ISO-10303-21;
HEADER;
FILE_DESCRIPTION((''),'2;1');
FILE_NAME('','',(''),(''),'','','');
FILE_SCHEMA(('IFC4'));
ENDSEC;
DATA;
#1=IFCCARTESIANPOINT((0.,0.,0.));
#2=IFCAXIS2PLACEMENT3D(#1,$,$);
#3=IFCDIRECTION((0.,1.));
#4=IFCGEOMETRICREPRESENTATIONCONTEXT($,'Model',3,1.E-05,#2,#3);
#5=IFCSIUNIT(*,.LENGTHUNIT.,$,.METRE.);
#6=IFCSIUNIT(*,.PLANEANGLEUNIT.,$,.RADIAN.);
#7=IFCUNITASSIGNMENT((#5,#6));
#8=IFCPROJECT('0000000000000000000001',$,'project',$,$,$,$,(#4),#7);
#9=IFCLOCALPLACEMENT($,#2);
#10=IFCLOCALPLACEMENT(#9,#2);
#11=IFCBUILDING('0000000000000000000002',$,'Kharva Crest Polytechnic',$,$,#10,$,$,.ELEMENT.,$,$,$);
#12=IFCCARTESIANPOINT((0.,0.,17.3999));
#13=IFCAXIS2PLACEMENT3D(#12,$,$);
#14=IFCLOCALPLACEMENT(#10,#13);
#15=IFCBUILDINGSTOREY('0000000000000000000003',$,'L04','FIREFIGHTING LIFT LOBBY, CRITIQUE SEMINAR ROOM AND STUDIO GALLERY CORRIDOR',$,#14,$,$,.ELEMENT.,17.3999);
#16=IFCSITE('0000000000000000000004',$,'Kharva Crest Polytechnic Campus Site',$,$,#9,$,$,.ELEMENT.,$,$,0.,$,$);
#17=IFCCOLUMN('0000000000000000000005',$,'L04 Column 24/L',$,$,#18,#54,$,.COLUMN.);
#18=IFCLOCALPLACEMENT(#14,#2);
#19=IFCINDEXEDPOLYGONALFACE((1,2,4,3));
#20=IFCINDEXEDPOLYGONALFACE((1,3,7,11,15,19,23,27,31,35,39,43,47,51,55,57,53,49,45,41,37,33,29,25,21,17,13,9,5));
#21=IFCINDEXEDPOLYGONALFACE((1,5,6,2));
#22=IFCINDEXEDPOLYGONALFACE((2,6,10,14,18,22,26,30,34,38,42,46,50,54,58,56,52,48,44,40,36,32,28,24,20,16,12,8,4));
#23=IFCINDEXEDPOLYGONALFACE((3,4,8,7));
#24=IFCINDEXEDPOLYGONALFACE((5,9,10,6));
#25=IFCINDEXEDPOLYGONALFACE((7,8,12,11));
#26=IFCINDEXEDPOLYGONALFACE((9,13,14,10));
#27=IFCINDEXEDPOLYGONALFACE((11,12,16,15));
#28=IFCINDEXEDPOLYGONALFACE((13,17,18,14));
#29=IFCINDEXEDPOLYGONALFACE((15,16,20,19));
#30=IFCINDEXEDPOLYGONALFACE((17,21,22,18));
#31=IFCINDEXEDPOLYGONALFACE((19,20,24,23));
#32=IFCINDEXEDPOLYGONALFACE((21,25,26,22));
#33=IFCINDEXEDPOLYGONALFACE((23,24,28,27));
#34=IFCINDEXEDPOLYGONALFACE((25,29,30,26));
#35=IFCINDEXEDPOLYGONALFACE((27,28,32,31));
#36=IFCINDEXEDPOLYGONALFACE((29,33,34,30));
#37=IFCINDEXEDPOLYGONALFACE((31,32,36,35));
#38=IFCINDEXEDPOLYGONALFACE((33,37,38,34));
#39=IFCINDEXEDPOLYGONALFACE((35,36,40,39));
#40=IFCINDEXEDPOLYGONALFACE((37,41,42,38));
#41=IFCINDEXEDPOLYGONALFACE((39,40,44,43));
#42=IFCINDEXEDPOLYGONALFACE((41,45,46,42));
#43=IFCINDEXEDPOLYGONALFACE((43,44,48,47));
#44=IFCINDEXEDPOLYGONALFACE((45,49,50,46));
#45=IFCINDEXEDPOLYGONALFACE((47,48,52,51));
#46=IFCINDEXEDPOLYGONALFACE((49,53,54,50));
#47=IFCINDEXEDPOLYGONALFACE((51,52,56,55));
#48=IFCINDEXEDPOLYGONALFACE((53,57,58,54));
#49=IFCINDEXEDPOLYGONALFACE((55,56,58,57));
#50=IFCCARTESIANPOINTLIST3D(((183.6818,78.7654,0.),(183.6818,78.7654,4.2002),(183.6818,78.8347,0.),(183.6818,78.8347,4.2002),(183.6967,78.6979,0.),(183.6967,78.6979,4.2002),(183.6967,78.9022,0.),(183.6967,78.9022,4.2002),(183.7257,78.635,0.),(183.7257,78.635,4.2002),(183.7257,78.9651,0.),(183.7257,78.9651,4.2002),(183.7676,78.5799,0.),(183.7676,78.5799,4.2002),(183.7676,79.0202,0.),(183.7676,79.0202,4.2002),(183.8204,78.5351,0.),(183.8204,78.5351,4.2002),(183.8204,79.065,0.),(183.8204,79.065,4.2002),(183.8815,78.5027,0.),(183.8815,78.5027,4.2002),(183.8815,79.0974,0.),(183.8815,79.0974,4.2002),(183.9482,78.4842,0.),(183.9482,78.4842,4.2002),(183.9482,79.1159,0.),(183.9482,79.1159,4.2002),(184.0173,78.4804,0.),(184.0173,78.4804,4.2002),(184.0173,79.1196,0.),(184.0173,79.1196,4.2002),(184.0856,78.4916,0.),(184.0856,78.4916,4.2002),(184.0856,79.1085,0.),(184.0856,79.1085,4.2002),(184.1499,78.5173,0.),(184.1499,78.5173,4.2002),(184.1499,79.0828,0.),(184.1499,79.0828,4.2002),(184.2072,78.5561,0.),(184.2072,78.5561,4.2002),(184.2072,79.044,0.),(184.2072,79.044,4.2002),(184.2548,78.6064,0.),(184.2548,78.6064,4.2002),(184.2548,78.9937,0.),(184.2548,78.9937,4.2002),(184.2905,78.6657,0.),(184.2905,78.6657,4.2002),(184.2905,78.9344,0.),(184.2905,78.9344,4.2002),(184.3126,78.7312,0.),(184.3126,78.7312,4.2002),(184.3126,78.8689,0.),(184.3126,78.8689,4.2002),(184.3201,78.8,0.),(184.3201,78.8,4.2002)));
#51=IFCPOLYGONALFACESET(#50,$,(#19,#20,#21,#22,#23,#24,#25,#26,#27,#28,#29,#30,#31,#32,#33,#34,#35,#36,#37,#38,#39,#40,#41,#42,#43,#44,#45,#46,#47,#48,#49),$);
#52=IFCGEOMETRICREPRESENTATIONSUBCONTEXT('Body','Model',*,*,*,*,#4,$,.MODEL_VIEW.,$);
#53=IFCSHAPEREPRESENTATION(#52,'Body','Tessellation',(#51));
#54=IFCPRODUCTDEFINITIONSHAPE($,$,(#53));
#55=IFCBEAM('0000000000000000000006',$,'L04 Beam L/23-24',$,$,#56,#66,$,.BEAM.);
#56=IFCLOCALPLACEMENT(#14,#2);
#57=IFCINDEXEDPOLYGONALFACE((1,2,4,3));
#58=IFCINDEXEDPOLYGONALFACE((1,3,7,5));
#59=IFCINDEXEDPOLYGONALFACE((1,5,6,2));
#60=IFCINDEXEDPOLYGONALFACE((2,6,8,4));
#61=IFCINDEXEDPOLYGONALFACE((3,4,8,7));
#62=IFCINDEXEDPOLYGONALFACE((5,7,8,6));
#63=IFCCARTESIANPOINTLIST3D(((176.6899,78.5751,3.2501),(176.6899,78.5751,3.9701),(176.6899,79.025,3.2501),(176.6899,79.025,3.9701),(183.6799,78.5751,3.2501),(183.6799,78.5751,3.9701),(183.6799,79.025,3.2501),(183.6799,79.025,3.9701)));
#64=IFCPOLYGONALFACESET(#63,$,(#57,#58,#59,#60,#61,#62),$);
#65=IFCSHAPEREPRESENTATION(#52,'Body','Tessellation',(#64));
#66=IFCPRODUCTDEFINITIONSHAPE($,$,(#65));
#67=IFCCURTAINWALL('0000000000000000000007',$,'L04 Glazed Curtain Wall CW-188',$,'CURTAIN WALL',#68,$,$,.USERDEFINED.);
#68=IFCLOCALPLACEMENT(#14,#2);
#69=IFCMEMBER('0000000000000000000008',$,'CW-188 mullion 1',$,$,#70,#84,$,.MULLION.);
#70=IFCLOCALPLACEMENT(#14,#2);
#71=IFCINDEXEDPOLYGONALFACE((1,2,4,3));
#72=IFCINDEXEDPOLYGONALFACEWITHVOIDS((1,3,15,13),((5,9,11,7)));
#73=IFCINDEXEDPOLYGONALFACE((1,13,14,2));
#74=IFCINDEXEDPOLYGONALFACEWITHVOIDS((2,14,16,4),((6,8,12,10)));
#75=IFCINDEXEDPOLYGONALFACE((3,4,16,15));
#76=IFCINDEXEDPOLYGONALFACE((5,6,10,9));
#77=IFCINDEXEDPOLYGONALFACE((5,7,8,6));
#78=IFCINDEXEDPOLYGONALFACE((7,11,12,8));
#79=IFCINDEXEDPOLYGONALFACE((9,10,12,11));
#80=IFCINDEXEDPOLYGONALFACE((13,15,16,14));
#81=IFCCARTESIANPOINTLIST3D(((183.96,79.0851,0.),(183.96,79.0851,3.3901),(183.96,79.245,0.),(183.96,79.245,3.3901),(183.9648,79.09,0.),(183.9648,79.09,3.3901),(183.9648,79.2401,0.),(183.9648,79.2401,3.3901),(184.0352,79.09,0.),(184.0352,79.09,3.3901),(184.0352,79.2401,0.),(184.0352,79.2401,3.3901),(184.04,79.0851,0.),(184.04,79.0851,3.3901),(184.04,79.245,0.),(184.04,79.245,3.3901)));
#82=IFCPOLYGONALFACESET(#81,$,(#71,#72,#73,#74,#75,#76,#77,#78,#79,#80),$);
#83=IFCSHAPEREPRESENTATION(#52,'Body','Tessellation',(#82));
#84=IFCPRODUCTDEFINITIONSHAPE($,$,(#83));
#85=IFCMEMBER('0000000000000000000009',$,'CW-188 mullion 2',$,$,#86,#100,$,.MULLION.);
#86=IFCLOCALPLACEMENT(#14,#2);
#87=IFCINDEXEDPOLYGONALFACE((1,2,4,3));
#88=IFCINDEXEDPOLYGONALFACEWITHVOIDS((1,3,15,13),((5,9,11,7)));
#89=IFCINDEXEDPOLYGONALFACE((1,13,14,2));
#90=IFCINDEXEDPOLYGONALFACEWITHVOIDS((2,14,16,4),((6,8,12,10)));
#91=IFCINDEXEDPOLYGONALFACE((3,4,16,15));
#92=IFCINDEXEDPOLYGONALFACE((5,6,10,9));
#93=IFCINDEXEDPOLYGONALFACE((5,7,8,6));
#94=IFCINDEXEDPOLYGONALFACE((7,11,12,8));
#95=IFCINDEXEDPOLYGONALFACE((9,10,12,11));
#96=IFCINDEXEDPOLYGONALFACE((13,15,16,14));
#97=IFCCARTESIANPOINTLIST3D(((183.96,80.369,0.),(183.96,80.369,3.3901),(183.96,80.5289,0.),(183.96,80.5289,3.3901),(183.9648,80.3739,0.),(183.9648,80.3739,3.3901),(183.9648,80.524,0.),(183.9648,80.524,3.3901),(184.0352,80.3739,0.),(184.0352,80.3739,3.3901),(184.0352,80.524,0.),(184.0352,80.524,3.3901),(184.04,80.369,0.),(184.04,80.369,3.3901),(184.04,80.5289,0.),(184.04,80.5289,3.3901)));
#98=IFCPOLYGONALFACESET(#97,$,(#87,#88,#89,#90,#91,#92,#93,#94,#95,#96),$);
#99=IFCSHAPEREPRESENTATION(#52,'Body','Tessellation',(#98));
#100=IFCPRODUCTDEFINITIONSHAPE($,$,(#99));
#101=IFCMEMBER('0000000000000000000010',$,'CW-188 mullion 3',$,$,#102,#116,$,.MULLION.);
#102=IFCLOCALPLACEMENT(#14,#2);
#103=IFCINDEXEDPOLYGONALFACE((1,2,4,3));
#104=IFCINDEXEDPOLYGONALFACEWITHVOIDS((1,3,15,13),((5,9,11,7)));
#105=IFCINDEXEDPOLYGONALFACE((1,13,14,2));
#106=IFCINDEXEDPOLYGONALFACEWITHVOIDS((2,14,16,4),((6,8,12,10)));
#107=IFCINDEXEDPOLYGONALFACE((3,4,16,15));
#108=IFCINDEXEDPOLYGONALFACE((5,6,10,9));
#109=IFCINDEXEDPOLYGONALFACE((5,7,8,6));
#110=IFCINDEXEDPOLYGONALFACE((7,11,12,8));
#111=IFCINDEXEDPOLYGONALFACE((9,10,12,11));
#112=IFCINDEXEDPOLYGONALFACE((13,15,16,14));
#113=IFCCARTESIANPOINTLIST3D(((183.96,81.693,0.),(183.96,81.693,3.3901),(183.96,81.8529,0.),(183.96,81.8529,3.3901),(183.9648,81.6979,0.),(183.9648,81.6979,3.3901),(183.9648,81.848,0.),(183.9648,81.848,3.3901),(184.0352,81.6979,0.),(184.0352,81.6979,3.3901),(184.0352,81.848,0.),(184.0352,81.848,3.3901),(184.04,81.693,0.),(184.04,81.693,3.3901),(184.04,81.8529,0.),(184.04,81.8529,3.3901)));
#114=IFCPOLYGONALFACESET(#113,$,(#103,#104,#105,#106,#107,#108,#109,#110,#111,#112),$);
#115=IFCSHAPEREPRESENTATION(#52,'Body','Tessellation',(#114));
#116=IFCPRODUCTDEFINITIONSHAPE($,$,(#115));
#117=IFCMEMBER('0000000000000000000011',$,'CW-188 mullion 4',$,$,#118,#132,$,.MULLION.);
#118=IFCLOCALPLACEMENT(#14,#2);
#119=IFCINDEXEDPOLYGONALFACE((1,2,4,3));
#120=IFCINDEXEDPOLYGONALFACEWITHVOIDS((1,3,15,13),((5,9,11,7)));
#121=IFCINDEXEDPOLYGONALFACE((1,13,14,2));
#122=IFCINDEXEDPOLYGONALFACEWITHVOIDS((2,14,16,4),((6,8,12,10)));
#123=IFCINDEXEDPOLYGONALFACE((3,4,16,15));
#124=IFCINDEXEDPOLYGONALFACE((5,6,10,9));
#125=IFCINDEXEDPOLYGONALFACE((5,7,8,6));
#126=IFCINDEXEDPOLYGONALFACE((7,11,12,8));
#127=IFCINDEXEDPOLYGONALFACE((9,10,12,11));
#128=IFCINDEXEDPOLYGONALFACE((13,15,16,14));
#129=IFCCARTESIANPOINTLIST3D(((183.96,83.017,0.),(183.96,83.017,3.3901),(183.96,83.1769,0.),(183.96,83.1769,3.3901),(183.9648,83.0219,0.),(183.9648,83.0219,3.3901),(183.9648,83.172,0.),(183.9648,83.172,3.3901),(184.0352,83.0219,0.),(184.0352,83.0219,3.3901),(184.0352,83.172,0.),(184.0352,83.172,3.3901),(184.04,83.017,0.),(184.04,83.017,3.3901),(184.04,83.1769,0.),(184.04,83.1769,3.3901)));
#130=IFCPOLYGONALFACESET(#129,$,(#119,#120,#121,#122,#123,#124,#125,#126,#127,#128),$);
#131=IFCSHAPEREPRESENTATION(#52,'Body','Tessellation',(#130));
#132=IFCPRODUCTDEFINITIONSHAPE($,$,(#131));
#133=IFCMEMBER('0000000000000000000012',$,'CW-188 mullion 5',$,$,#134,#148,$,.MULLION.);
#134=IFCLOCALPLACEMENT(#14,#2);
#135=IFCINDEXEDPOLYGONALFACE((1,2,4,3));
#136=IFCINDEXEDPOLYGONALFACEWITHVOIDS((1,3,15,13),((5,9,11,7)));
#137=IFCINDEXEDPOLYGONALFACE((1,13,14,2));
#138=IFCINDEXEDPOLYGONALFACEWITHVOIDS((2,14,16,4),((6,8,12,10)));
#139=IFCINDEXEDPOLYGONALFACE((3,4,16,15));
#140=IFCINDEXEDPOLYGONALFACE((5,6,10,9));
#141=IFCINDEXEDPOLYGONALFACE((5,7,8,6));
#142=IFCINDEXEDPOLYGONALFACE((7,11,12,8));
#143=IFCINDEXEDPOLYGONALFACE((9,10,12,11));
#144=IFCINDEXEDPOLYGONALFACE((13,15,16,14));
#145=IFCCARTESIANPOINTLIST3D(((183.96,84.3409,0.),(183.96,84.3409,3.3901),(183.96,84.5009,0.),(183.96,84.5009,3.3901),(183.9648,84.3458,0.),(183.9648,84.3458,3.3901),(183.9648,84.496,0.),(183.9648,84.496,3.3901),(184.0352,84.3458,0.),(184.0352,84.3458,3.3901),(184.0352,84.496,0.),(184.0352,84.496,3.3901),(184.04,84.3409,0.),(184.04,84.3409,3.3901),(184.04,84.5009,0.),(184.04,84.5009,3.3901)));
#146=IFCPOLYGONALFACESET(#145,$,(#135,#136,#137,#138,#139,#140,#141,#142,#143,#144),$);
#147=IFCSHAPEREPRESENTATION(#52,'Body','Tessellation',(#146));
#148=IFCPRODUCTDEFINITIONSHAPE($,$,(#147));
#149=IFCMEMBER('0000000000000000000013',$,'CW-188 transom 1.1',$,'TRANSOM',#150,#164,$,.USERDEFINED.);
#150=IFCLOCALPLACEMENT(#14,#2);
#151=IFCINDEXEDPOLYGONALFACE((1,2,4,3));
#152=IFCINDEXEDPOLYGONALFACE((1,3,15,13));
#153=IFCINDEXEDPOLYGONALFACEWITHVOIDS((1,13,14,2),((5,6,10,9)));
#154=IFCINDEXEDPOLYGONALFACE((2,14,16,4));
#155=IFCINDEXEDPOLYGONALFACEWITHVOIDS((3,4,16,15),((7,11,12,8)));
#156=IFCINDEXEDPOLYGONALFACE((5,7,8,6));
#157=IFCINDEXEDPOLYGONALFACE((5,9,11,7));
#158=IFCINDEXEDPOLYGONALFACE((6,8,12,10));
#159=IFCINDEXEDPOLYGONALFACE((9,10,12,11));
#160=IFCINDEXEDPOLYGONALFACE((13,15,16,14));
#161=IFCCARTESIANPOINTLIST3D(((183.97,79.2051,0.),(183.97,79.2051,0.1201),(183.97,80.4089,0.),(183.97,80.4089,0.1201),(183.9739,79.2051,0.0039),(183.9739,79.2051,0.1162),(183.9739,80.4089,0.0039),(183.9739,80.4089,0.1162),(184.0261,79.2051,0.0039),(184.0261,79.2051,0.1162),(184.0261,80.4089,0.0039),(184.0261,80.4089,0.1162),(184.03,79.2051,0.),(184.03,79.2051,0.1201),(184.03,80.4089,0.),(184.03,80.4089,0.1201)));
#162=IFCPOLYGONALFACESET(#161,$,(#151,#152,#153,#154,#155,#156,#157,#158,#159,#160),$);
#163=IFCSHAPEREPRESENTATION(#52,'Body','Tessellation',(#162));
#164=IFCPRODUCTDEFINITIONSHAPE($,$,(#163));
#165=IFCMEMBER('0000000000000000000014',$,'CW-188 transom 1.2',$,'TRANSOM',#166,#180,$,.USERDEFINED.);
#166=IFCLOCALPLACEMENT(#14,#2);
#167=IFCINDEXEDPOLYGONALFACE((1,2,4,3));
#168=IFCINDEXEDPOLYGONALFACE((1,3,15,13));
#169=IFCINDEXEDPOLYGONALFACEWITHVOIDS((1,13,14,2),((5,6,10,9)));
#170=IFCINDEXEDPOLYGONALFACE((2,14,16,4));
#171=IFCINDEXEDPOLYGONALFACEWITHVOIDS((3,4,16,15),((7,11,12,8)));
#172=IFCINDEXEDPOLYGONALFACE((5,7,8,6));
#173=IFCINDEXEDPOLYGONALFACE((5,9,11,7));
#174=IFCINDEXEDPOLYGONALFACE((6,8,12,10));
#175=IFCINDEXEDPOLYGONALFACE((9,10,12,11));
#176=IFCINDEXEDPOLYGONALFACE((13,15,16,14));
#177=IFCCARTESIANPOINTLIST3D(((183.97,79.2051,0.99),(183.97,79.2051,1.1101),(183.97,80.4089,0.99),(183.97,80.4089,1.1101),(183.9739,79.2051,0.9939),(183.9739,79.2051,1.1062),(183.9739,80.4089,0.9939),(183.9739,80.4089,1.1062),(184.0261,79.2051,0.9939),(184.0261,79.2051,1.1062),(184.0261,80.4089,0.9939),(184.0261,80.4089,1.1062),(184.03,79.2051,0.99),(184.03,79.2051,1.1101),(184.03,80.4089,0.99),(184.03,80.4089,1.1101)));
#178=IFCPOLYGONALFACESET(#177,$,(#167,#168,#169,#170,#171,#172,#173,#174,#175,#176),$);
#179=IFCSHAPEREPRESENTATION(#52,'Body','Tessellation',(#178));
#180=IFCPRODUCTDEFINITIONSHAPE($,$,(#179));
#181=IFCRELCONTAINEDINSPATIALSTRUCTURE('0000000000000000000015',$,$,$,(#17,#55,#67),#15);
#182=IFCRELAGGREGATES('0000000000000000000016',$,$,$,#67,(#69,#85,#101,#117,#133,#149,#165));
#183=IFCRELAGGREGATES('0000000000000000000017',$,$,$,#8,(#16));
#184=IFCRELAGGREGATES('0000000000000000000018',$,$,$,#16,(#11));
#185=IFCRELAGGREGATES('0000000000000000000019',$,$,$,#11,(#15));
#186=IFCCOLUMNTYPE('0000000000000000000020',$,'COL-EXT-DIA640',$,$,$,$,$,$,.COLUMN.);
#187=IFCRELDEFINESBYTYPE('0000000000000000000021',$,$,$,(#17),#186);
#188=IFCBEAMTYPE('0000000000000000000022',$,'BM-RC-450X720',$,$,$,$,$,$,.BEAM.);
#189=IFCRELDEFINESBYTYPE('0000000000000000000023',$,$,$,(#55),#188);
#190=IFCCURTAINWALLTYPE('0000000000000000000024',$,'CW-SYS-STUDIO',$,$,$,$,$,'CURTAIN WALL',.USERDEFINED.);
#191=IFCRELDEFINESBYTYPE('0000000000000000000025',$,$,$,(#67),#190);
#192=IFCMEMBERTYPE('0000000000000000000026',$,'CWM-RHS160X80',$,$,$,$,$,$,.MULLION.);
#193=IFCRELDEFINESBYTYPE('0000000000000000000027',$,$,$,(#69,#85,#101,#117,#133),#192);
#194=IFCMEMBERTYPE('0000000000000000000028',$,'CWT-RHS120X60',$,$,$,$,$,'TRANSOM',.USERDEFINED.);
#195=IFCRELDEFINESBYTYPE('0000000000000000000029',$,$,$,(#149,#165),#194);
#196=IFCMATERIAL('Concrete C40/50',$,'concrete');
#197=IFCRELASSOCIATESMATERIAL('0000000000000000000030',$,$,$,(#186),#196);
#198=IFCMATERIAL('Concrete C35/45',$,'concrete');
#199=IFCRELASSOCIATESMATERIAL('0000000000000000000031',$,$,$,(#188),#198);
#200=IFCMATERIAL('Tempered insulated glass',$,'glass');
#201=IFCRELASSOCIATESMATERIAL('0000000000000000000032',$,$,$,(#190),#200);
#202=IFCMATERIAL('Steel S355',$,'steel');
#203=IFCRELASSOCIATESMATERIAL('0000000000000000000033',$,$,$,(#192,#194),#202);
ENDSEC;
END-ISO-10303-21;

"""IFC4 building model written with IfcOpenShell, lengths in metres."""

from ifc_helpers import new_model, si_unit, direction, frame, origin, origin_2d, place, context, subcontext, project, spatial, rectangle, hollow_rectangle, circle, extrude, material, material_profile, profile_set, type_object, element, aggregate, save


model = new_model("IFC4")

# Units and contexts
model_context = context("Model", 3, precision=1e-05, world=origin(), true_north=direction((0.0, 1.0)))
body_context = subcontext(model_context, "Body", "Model", "MODEL_VIEW")
ifc_project = project(units=[si_unit("LENGTHUNIT", "METRE"), si_unit("PLANEANGLEUNIT", "RADIAN")], contexts=[model_context])

# Site, building, storey
site_placement = place(None, origin())
site = spatial("IfcSite", under=ifc_project, at=site_placement, Name="Kharva Crest Polytechnic Campus Site", CompositionType="ELEMENT", RefElevation=0.0)
building_placement = place(site_placement, origin())
building = spatial("IfcBuilding", under=site, at=building_placement, Name="Kharva Crest Polytechnic", CompositionType="ELEMENT")
storey_placement = place(building_placement, frame((0.0, 0.0, 17.3999)))
storey = spatial("IfcBuildingStorey", under=building, at=storey_placement, Name="L04", Description="FIREFIGHTING LIFT LOBBY, CRITIQUE SEMINAR ROOM AND STUDIO GALLERY CORRIDOR", CompositionType="ELEMENT", Elevation=17.3999)

# Column
ifc_material_1 = material(Name="Concrete C40/50", Category="concrete")
ifc_material_profile_1 = material_profile(ifc_material_1, circle(Radius=0.3201, at=origin_2d()), Name="DIA 640")
ifc_profile_set_1 = profile_set([ifc_material_profile_1], Name="Concrete C40/50")
column_type = type_object("IfcColumnType", Name="COL-EXT-DIA640", PredefinedType="COLUMN", material=ifc_profile_set_1)
column_placement = place(storey_placement, frame((184.0, 78.8, 0.0), z_axis=(0.0, 0.0, 1.0), x_axis=(1.0, 0.0, 0.0)))
element("IfcColumn", 1, at=column_placement, inside=storey, type_object=column_type, Name="L04 Column 24/L", PredefinedType="COLUMN", context=body_context, shape_type="SweptSolid", body=[
    extrude(circle(Radius=0.3201, at=origin_2d()), origin(), (0.0, 0.0, 1.0), 4.2002),
])

# Beam
ifc_material_2 = material(Name="Concrete C35/45", Category="concrete")
ifc_material_profile_2 = material_profile(ifc_material_2, rectangle(XDim=0.45, YDim=0.72, at=origin_2d()), Name="RECT 450 X 720")
ifc_profile_set_2 = profile_set([ifc_material_profile_2], Name="Concrete C35/45")
beam_type_1 = type_object("IfcBeamType", Name="BM-RC-450X720", PredefinedType="BEAM", material=ifc_profile_set_2)
beam_1_placement = place(storey_placement, frame((176.6899, 78.8, 3.6101), z_axis=(1.0, 0.0, 0.0), x_axis=(0.0, 1.0, 0.0)))
element("IfcBeam", 2, at=beam_1_placement, inside=storey, type_object=beam_type_1, Name="L04 Beam L/23-24", PredefinedType="BEAM", context=body_context, shape_type="SweptSolid", body=[
    extrude(rectangle(XDim=0.45, YDim=0.72, at=origin_2d()), origin(), (0.0, 0.0, 1.0), 6.99),
])

# Curtain wall, members
ifc_material_3 = material(Name="Tempered insulated glass", Category="glass")
curtain_wall_type = type_object("IfcCurtainWallType", Name="CW-SYS-STUDIO", ElementType="CURTAIN WALL", PredefinedType="USERDEFINED", material=ifc_material_3)
curtain_wall_placement = place(storey_placement, origin())
curtain_wall = element("IfcCurtainWall", 3, at=curtain_wall_placement, inside=storey, type_object=curtain_wall_type, Name="L04 Glazed Curtain Wall CW-188", ObjectType="CURTAIN WALL", PredefinedType="USERDEFINED")
ifc_material_4 = material(Name="Steel S355", Category="steel")
ifc_material_profile_3 = material_profile(ifc_material_4, hollow_rectangle(XDim=0.0801, YDim=0.1599, WallThickness=0.0049, at=origin_2d()), Name="RHS 160X80X5.0")
ifc_profile_set_3 = profile_set([ifc_material_profile_3], Name="Steel S355")
member_type_1 = type_object("IfcMemberType", Name="CWM-RHS160X80", PredefinedType="MULLION", material=ifc_profile_set_3)
member_1_placement = place(storey_placement, frame((184.0, 79.165, 0.0), z_axis=(0.0, 0.0, 1.0), x_axis=(-1.0, 0.0, 0.0)))
member_1 = element("IfcMember", 4, at=member_1_placement, type_object=member_type_1, Name="CW-188 mullion 1", PredefinedType="MULLION", context=body_context, shape_type="SweptSolid", body=[
    extrude(hollow_rectangle(XDim=0.0801, YDim=0.1599, WallThickness=0.0049, at=origin_2d()), origin(), (0.0, 0.0, 1.0), 3.3901),
])
member_2_placement = place(storey_placement, frame((184.0, 80.449, 0.0), z_axis=(0.0, 0.0, 1.0), x_axis=(-1.0, 0.0, 0.0)))
member_2 = element("IfcMember", 5, at=member_2_placement, type_object=member_type_1, Name="CW-188 mullion 2", PredefinedType="MULLION", context=body_context, shape_type="SweptSolid", body=[
    extrude(hollow_rectangle(XDim=0.0801, YDim=0.1599, WallThickness=0.0049, at=origin_2d()), origin(), (0.0, 0.0, 1.0), 3.3901),
])
member_3_placement = place(storey_placement, frame((184.0, 81.7729, 0.0), z_axis=(0.0, 0.0, 1.0), x_axis=(-1.0, 0.0, 0.0)))
member_3 = element("IfcMember", 6, at=member_3_placement, type_object=member_type_1, Name="CW-188 mullion 3", PredefinedType="MULLION", context=body_context, shape_type="SweptSolid", body=[
    extrude(hollow_rectangle(XDim=0.0801, YDim=0.1599, WallThickness=0.0049, at=origin_2d()), origin(), (0.0, 0.0, 1.0), 3.3901),
])
member_4_placement = place(storey_placement, frame((184.0, 83.0969, 0.0), z_axis=(0.0, 0.0, 1.0), x_axis=(-1.0, 0.0, 0.0)))
member_4 = element("IfcMember", 7, at=member_4_placement, type_object=member_type_1, Name="CW-188 mullion 4", PredefinedType="MULLION", context=body_context, shape_type="SweptSolid", body=[
    extrude(hollow_rectangle(XDim=0.0801, YDim=0.1599, WallThickness=0.0049, at=origin_2d()), origin(), (0.0, 0.0, 1.0), 3.3901),
])
member_5_placement = place(storey_placement, frame((184.0, 84.4209, 0.0), z_axis=(0.0, 0.0, 1.0), x_axis=(-1.0, 0.0, 0.0)))
member_5 = element("IfcMember", 8, at=member_5_placement, type_object=member_type_1, Name="CW-188 mullion 5", PredefinedType="MULLION", context=body_context, shape_type="SweptSolid", body=[
    extrude(hollow_rectangle(XDim=0.0801, YDim=0.1599, WallThickness=0.0049, at=origin_2d()), origin(), (0.0, 0.0, 1.0), 3.3901),
])
ifc_material_profile_4 = material_profile(ifc_material_4, hollow_rectangle(XDim=0.0601, YDim=0.1201, WallThickness=0.0039, at=origin_2d()), Name="RHS 120X60X4.0")
ifc_profile_set_4 = profile_set([ifc_material_profile_4], Name="Steel S355")
member_type_2 = type_object("IfcMemberType", Name="CWT-RHS120X60", ElementType="TRANSOM", PredefinedType="USERDEFINED", material=ifc_profile_set_4)
member_6_placement = place(storey_placement, frame((184.0, 79.2051, 0.0601), z_axis=(0.0, 1.0, 0.0), x_axis=(-1.0, 0.0, 0.0)))
member_6 = element("IfcMember", 9, at=member_6_placement, type_object=member_type_2, Name="CW-188 transom 1.1", ObjectType="TRANSOM", PredefinedType="USERDEFINED", context=body_context, shape_type="SweptSolid", body=[
    extrude(hollow_rectangle(XDim=0.0601, YDim=0.1201, WallThickness=0.0039, at=origin_2d()), origin(), (0.0, 0.0, 1.0), 1.2039),
])
member_7_placement = place(storey_placement, frame((184.0, 79.2051, 1.05), z_axis=(0.0, 1.0, 0.0), x_axis=(-1.0, 0.0, 0.0)))
member_7 = element("IfcMember", 10, at=member_7_placement, type_object=member_type_2, Name="CW-188 transom 1.2", ObjectType="TRANSOM", PredefinedType="USERDEFINED", context=body_context, shape_type="SweptSolid", body=[
    extrude(hollow_rectangle(XDim=0.0601, YDim=0.1201, WallThickness=0.0039, at=origin_2d()), origin(), (0.0, 0.0, 1.0), 1.2039),
])

aggregate(curtain_wall, [member_1, member_2, member_3, member_4, member_5, member_6, member_7])

save(model, "model.ifc")
